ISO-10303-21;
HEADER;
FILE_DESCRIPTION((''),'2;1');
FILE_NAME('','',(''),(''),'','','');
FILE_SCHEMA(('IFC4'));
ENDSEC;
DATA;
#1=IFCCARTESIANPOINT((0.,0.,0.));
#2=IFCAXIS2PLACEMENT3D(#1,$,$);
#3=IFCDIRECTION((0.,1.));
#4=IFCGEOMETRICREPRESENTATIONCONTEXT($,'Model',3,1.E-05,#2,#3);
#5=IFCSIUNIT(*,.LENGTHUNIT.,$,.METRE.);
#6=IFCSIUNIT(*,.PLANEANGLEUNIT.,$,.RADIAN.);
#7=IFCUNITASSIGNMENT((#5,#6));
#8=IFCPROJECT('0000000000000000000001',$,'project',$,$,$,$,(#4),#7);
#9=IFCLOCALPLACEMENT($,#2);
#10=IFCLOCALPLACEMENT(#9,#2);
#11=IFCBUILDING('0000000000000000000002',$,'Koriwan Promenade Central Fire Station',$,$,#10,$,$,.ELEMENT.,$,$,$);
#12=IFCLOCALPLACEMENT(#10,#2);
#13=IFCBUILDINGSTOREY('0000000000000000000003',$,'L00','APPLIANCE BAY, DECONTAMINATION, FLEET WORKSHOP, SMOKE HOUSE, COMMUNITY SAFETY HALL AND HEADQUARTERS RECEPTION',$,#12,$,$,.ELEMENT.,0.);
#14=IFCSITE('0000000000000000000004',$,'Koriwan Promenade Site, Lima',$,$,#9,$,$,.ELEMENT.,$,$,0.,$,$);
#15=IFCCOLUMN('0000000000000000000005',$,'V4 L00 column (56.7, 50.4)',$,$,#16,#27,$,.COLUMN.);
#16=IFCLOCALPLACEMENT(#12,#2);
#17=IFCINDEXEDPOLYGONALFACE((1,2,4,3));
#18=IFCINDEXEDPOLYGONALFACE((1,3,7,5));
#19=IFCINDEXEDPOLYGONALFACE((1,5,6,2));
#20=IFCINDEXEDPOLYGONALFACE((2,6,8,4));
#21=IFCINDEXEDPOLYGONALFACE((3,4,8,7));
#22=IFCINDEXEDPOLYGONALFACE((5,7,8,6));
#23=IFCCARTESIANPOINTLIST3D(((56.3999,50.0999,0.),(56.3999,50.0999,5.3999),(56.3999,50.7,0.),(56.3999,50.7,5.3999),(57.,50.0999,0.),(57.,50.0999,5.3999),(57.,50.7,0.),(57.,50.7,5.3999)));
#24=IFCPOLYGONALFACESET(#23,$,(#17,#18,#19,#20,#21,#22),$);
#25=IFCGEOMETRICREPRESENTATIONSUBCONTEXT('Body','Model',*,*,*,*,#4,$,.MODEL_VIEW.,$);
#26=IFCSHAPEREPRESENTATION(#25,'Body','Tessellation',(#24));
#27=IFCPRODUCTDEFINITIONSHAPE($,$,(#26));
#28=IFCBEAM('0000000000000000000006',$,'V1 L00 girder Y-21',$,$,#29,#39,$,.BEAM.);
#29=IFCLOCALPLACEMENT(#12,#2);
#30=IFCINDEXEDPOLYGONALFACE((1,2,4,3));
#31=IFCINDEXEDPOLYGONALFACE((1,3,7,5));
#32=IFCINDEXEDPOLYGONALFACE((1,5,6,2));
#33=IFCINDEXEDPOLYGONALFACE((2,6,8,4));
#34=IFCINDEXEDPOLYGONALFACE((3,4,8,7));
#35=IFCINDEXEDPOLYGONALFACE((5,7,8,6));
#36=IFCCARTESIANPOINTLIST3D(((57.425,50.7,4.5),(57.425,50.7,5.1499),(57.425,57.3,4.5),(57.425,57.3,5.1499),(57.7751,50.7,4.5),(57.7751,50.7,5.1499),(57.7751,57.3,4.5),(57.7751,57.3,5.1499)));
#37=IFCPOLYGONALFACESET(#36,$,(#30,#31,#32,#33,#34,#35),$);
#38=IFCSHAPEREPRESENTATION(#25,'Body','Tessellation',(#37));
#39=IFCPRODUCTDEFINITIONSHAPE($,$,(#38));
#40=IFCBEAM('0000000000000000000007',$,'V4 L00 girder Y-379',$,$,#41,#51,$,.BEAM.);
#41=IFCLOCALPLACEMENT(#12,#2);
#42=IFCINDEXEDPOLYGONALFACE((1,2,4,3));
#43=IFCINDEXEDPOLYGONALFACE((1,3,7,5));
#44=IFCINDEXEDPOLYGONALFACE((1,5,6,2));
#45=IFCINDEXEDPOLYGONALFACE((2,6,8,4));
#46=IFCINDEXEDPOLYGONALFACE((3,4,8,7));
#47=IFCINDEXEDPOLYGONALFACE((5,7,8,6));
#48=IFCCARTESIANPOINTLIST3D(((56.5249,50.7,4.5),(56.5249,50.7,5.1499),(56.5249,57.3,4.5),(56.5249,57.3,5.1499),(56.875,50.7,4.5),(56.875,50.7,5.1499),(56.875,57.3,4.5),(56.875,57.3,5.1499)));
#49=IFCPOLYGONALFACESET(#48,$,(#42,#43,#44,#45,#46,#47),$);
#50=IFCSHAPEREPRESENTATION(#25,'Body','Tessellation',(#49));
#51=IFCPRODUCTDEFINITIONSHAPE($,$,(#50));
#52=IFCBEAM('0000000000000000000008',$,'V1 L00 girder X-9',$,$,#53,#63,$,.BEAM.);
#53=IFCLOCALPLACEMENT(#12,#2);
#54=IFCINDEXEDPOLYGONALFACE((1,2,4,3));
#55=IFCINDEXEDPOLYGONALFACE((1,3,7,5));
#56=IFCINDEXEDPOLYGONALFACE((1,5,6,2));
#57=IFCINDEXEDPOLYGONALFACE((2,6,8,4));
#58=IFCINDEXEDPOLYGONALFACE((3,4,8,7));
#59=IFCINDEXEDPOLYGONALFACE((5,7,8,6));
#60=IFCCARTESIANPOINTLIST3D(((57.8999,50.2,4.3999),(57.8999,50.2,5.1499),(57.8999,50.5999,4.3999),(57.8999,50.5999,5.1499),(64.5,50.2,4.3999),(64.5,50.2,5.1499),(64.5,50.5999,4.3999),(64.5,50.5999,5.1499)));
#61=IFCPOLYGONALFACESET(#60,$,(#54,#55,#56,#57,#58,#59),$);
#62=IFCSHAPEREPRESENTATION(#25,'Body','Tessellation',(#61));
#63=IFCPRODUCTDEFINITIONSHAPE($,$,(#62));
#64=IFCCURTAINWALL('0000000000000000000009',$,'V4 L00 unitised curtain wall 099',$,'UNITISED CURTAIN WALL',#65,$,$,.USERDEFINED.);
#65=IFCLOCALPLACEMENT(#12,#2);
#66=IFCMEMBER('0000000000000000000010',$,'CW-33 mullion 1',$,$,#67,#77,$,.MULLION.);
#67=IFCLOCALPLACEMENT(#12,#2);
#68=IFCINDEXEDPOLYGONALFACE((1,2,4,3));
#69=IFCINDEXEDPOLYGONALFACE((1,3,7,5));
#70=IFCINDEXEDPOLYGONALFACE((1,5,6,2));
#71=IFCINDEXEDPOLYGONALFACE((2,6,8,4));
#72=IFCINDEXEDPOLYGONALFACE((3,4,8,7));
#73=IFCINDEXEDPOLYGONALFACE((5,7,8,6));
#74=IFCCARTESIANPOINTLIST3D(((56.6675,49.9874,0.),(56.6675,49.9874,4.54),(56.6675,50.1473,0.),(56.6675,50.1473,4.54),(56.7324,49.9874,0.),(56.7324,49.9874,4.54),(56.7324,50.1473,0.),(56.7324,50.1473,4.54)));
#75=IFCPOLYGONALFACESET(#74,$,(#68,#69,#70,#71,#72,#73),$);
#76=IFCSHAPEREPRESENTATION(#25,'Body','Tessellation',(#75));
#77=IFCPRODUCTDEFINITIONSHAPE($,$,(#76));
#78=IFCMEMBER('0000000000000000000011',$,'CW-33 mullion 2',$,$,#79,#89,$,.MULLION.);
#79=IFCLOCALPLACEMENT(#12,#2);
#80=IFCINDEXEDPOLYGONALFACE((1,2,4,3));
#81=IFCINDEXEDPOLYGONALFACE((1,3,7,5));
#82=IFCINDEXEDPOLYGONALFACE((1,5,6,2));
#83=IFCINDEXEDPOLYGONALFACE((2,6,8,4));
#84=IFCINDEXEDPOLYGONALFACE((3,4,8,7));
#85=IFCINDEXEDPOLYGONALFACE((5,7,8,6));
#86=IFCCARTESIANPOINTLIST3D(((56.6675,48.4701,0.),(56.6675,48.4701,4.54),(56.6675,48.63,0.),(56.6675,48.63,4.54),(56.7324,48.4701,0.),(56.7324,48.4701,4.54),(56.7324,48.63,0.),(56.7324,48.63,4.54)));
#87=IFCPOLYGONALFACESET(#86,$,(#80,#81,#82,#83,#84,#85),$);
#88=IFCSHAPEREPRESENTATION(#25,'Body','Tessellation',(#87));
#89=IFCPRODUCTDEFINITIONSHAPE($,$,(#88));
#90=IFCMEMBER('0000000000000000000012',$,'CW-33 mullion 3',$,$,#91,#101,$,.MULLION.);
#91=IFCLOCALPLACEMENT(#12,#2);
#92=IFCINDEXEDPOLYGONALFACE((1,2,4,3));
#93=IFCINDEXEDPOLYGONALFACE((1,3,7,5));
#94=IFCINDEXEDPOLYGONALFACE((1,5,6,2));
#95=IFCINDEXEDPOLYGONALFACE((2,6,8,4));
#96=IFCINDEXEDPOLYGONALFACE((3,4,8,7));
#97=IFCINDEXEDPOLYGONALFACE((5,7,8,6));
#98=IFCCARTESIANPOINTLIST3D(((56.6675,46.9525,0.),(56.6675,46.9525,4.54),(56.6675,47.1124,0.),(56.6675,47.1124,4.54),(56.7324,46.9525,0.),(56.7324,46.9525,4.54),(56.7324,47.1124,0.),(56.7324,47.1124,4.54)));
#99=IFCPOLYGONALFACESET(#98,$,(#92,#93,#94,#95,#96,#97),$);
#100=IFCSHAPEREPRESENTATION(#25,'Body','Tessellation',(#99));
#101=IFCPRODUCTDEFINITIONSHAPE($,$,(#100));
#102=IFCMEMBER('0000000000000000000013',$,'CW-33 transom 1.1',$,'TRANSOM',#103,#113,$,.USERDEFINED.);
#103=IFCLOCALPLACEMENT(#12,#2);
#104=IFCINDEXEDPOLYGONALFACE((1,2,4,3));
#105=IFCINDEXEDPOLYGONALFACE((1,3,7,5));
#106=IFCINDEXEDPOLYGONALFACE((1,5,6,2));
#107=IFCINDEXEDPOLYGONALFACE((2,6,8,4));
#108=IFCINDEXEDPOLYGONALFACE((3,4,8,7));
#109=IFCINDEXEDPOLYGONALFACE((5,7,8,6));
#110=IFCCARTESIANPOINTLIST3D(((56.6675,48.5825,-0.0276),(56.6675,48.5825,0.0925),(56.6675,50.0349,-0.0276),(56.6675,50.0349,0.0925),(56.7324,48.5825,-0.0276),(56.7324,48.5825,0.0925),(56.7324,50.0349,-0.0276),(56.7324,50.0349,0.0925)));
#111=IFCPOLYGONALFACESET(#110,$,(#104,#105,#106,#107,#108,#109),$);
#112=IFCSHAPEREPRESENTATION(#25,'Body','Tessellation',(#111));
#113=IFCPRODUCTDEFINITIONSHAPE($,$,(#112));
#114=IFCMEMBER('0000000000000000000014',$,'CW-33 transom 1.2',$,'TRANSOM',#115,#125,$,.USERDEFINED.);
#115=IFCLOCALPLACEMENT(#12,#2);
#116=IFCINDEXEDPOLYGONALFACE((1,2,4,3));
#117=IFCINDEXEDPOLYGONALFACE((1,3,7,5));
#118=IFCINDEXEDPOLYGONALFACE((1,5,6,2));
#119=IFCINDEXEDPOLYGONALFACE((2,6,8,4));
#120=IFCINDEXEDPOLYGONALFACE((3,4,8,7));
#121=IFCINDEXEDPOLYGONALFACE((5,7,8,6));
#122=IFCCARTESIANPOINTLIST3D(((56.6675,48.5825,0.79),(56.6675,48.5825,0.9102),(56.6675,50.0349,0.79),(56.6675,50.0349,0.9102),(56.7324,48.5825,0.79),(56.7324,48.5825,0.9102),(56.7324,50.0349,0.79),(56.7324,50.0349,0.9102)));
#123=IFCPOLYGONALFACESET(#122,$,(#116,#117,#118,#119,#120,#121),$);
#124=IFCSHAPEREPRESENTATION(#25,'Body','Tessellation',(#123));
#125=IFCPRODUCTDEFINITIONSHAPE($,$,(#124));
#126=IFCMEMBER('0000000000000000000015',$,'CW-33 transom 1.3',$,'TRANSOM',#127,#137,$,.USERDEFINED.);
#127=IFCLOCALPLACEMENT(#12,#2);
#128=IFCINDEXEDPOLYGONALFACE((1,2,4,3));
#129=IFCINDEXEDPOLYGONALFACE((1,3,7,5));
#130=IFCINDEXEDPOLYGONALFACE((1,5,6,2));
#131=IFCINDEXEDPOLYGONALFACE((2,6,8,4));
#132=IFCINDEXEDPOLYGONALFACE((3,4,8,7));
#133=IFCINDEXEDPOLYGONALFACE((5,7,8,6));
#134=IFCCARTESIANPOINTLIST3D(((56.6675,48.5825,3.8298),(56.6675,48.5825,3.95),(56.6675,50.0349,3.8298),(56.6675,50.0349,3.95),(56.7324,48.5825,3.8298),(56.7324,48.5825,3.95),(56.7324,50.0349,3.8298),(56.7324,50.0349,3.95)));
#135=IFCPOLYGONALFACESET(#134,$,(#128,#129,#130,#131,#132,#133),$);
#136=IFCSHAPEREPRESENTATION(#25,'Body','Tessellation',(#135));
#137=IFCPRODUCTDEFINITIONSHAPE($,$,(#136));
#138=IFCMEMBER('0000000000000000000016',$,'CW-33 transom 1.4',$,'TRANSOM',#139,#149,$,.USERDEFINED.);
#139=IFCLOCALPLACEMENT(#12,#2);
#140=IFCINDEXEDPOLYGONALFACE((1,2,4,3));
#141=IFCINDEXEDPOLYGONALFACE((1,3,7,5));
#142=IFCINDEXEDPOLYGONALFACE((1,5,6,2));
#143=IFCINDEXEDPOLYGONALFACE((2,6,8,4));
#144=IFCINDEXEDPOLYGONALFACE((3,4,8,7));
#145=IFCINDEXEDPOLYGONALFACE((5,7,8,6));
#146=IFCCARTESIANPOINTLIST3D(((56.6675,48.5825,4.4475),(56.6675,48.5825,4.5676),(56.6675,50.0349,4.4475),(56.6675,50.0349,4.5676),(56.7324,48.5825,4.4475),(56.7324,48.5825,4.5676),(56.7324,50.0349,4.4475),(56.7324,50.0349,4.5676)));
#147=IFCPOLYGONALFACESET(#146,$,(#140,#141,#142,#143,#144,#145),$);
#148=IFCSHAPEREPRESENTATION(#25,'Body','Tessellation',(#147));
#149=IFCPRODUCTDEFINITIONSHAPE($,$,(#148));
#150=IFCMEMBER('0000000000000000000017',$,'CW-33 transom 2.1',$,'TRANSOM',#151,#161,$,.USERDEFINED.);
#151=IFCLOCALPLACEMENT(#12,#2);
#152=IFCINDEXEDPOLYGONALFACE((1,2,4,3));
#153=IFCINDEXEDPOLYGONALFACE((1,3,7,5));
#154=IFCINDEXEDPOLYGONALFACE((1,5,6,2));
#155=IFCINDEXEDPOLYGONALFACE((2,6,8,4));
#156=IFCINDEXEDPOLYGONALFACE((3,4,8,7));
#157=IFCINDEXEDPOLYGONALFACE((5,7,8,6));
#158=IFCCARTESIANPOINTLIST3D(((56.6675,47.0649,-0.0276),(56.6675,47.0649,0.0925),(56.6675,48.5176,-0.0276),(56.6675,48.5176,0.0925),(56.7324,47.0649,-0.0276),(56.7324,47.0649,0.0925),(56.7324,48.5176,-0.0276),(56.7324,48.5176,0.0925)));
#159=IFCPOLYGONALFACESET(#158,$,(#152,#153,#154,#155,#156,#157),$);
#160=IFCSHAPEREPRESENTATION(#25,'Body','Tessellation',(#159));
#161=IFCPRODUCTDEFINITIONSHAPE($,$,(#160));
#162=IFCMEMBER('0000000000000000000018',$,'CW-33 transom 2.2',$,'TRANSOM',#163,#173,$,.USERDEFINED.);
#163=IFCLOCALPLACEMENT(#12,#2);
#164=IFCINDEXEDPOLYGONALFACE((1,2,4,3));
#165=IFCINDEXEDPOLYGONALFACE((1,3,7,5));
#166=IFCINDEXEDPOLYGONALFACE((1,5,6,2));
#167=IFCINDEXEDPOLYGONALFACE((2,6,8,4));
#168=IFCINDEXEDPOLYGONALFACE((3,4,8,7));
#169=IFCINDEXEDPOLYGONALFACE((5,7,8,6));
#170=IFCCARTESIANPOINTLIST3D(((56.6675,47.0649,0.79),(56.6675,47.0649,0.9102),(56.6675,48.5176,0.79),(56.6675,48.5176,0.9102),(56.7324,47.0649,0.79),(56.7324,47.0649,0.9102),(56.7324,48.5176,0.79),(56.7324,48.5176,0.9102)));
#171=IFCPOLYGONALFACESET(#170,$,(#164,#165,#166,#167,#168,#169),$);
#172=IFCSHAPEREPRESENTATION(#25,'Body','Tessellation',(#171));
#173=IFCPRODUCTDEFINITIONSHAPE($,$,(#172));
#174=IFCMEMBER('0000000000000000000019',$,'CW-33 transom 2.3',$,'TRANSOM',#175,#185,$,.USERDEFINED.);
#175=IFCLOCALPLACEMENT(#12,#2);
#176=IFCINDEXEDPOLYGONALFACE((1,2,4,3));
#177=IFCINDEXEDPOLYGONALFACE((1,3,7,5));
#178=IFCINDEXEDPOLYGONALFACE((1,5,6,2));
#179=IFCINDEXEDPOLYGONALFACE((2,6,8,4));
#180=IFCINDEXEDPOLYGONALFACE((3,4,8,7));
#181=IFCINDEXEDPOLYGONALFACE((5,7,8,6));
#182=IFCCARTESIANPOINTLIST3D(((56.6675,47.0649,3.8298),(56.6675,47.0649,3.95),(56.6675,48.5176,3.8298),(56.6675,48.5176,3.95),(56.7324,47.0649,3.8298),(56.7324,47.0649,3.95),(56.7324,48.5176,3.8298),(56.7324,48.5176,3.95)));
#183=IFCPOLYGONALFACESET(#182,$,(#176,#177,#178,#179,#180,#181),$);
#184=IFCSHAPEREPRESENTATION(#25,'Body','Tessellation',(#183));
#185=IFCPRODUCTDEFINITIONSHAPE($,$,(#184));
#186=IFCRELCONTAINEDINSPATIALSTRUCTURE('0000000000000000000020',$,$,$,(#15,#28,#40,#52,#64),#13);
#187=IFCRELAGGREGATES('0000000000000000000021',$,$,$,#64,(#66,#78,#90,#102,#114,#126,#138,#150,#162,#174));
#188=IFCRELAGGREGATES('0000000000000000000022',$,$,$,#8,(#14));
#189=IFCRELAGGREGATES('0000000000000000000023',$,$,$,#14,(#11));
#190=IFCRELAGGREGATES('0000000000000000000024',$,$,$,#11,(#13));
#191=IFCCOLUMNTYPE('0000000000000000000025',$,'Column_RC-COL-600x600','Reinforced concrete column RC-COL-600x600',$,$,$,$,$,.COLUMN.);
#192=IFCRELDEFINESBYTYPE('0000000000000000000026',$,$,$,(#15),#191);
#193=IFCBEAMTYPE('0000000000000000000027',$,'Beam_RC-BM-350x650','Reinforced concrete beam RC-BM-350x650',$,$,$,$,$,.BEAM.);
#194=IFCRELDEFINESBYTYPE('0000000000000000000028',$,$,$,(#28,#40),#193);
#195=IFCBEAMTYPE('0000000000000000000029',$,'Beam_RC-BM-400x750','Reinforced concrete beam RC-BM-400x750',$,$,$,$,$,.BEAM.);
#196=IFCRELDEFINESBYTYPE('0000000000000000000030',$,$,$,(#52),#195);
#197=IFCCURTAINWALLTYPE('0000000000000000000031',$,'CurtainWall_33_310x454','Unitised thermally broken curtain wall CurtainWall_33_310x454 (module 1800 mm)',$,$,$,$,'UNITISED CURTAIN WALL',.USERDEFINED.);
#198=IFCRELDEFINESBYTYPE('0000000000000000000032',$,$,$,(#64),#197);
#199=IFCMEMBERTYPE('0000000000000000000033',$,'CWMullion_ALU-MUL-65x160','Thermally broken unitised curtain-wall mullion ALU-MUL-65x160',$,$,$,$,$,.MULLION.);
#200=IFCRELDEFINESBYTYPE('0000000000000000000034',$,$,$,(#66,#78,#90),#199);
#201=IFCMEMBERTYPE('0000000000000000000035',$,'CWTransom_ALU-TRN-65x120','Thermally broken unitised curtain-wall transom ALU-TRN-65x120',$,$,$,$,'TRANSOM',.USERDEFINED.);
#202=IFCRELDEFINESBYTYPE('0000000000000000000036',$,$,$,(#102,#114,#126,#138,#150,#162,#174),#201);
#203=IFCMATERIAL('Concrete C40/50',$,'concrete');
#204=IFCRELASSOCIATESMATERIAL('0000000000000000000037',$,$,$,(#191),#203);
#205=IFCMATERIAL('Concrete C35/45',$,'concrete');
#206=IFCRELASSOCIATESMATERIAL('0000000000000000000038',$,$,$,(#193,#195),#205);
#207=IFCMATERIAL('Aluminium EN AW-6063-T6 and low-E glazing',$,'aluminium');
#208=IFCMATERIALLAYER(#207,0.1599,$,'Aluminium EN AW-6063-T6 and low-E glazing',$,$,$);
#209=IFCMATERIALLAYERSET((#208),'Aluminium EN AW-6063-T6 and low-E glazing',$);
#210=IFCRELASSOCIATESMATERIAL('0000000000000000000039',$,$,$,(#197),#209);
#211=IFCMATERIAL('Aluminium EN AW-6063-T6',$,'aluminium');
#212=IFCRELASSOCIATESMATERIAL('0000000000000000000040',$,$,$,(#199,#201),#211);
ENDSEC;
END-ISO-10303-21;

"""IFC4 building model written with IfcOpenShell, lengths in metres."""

from ifc_helpers import new_model, si_unit, direction, frame, origin, origin_2d, place, context, subcontext, project, spatial, rectangle, extrude, material, layer, layer_set, material_profile, profile_set, type_object, element, aggregate, save


model = new_model("IFC4")

# Units and contexts
model_context = context("Model", 3, precision=1e-05, world=origin(), true_north=direction((0.0, 1.0)))
body_context = subcontext(model_context, "Body", "Model", "MODEL_VIEW")
ifc_project = project(units=[si_unit("LENGTHUNIT", "METRE"), si_unit("PLANEANGLEUNIT", "RADIAN")], contexts=[model_context])

# Site, building, storey
site_placement = place(None, origin())
site = spatial("IfcSite", under=ifc_project, at=site_placement, Name="Koriwan Promenade Site, Lima", CompositionType="ELEMENT", RefElevation=0.0)
building_placement = place(site_placement, origin())
building = spatial("IfcBuilding", under=site, at=building_placement, Name="Koriwan Promenade Central Fire Station", CompositionType="ELEMENT")
storey_placement = place(building_placement, origin())
storey = spatial("IfcBuildingStorey", under=building, at=storey_placement, Name="L00", Description="APPLIANCE BAY, DECONTAMINATION, FLEET WORKSHOP, SMOKE HOUSE, COMMUNITY SAFETY HALL AND HEADQUARTERS RECEPTION", CompositionType="ELEMENT", Elevation=0.0)

# Shared definitions
ifc_material_1 = material(Name="Concrete C35/45", Category="concrete")

# Column
ifc_material_2 = material(Name="Concrete C40/50", Category="concrete")
ifc_material_profile_1 = material_profile(ifc_material_2, rectangle(XDim=0.6001, YDim=0.6001, at=origin_2d()), Name="RC-COL-600x600")
ifc_profile_set_1 = profile_set([ifc_material_profile_1], Name="Concrete C40/50")
column_type = type_object("IfcColumnType", Name="Column_RC-COL-600x600", Description="Reinforced concrete column RC-COL-600x600", PredefinedType="COLUMN", material=ifc_profile_set_1)
for number, where, z_axis, x_axis, name in (
    (1, (56.7, 50.3999, 0.0), (0.0, 0.0, 1.0), (1.0, 0.0, 0.0), "V4 L00 column (56.7, 50.4)"),
):
    element("IfcColumn", number, at=place(storey_placement, frame(where, z_axis=z_axis, x_axis=x_axis)), inside=storey, type_object=column_type, Name=name, PredefinedType="COLUMN", context=body_context, shape_type="SweptSolid", body=[
        extrude(rectangle(XDim=0.6001, YDim=0.6001, at=origin_2d()), origin(), (0.0, 0.0, 1.0), 5.3999),
    ])

# Beams
ifc_material_profile_2 = material_profile(ifc_material_1, rectangle(XDim=0.3501, YDim=0.6499, at=origin_2d()), Name="RC-BM-350x650")
ifc_profile_set_2 = profile_set([ifc_material_profile_2], Name="Concrete C35/45")
beam_type_1 = type_object("IfcBeamType", Name="Beam_RC-BM-350x650", Description="Reinforced concrete beam RC-BM-350x650", PredefinedType="BEAM", material=ifc_profile_set_2)
for number, where, z_axis, x_axis, name in (
    (2, (57.6001, 50.7, 4.825), (0.0, 1.0, 0.0), (-1.0, 0.0, 0.0), "V1 L00 girder Y-21"),
    (3, (56.7, 50.7, 4.825), (0.0, 1.0, 0.0), (-1.0, 0.0, 0.0), "V4 L00 girder Y-379"),
):
    element("IfcBeam", number, at=place(storey_placement, frame(where, z_axis=z_axis, x_axis=x_axis)), inside=storey, type_object=beam_type_1, Name=name, PredefinedType="BEAM", context=body_context, shape_type="SweptSolid", body=[
        extrude(rectangle(XDim=0.3501, YDim=0.6499, at=origin_2d()), origin(), (0.0, 0.0, 1.0), 6.6001),
    ])
ifc_material_profile_3 = material_profile(ifc_material_1, rectangle(XDim=0.3999, YDim=0.75, at=origin_2d()), Name="RC-BM-400x750")
ifc_profile_set_3 = profile_set([ifc_material_profile_3], Name="Concrete C35/45")
beam_type_2 = type_object("IfcBeamType", Name="Beam_RC-BM-400x750", Description="Reinforced concrete beam RC-BM-400x750", PredefinedType="BEAM", material=ifc_profile_set_3)
beam_1_placement = place(storey_placement, frame((57.8999, 50.3999, 4.7749), z_axis=(1.0, 0.0, 0.0), x_axis=(0.0, 1.0, 0.0)))
element("IfcBeam", 4, at=beam_1_placement, inside=storey, type_object=beam_type_2, Name="V1 L00 girder X-9", PredefinedType="BEAM", context=body_context, shape_type="SweptSolid", body=[
    extrude(rectangle(XDim=0.3999, YDim=0.75, at=origin_2d()), origin(), (0.0, 0.0, 1.0), 6.6001),
])

# Curtain wall, members
ifc_material_3 = material(Name="Aluminium EN AW-6063-T6 and low-E glazing", Category="aluminium")
ifc_layer_1 = layer(ifc_material_3, 0.1599, Name="Aluminium EN AW-6063-T6 and low-E glazing")
ifc_layer_set_1 = layer_set([ifc_layer_1], Name="Aluminium EN AW-6063-T6 and low-E glazing")
curtain_wall_type = type_object("IfcCurtainWallType", Name="CurtainWall_33_310x454", Description="Unitised thermally broken curtain wall CurtainWall_33_310x454 (module 1800 mm)", ElementType="UNITISED CURTAIN WALL", PredefinedType="USERDEFINED", material=ifc_layer_set_1)
curtain_wall_placement = place(storey_placement, origin())
curtain_wall = element("IfcCurtainWall", 5, at=curtain_wall_placement, inside=storey, type_object=curtain_wall_type, Name="V4 L00 unitised curtain wall 099", ObjectType="UNITISED CURTAIN WALL", PredefinedType="USERDEFINED")
ifc_material_4 = material(Name="Aluminium EN AW-6063-T6", Category="aluminium")
ifc_material_profile_4 = material_profile(ifc_material_4, rectangle(XDim=0.0649, YDim=0.1599, at=origin_2d()), Name="ALU-MUL-65x160")
ifc_profile_set_4 = profile_set([ifc_material_profile_4], Name="Aluminium EN AW-6063-T6")
member_type_1 = type_object("IfcMemberType", Name="CWMullion_ALU-MUL-65x160", Description="Thermally broken unitised curtain-wall mullion ALU-MUL-65x160", PredefinedType="MULLION", material=ifc_profile_set_4)
member_1_placement = place(storey_placement, frame((56.7, 50.0674, 0.0), z_axis=(0.0, 0.0, 1.0), x_axis=(1.0, 0.0, 0.0)))
member_1 = element("IfcMember", 6, at=member_1_placement, type_object=member_type_1, Name="CW-33 mullion 1", PredefinedType="MULLION", context=body_context, shape_type="SweptSolid", body=[
    extrude(rectangle(XDim=0.0649, YDim=0.1599, at=origin_2d()), origin(), (0.0, 0.0, 1.0), 4.54),
])
member_2_placement = place(storey_placement, frame((56.7, 48.55, 0.0), z_axis=(0.0, 0.0, 1.0), x_axis=(1.0, 0.0, 0.0)))
member_2 = element("IfcMember", 7, at=member_2_placement, type_object=member_type_1, Name="CW-33 mullion 2", PredefinedType="MULLION", context=body_context, shape_type="SweptSolid", body=[
    extrude(rectangle(XDim=0.0649, YDim=0.1599, at=origin_2d()), origin(), (0.0, 0.0, 1.0), 4.54),
])
member_3_placement = place(storey_placement, frame((56.7, 47.0325, 0.0), z_axis=(0.0, 0.0, 1.0), x_axis=(1.0, 0.0, 0.0)))
member_3 = element("IfcMember", 8, at=member_3_placement, type_object=member_type_1, Name="CW-33 mullion 3", PredefinedType="MULLION", context=body_context, shape_type="SweptSolid", body=[
    extrude(rectangle(XDim=0.0649, YDim=0.1599, at=origin_2d()), origin(), (0.0, 0.0, 1.0), 4.54),
])
ifc_material_profile_5 = material_profile(ifc_material_4, rectangle(XDim=0.0649, YDim=0.1201, at=origin_2d()), Name="ALU-TRN-65x120")
ifc_profile_set_5 = profile_set([ifc_material_profile_5], Name="Aluminium EN AW-6063-T6")
member_type_2 = type_object("IfcMemberType", Name="CWTransom_ALU-TRN-65x120", Description="Thermally broken unitised curtain-wall transom ALU-TRN-65x120", ElementType="TRANSOM", PredefinedType="USERDEFINED", material=ifc_profile_set_5)
member_4_placement = place(storey_placement, frame((56.7, 50.0349, 0.0325), z_axis=(0.0, -1.0, 0.0), x_axis=(1.0, 0.0, 0.0)))
member_4 = element("IfcMember", 9, at=member_4_placement, type_object=member_type_2, Name="CW-33 transom 1.1", ObjectType="TRANSOM", PredefinedType="USERDEFINED", context=body_context, shape_type="SweptSolid", body=[
    extrude(rectangle(XDim=0.0649, YDim=0.1201, at=origin_2d()), origin(), (0.0, 0.0, 1.0), 1.4524),
])
member_5_placement = place(storey_placement, frame((56.7, 50.0349, 0.8501), z_axis=(0.0, -1.0, 0.0), x_axis=(1.0, 0.0, 0.0)))
member_5 = element("IfcMember", 10, at=member_5_placement, type_object=member_type_2, Name="CW-33 transom 1.2", ObjectType="TRANSOM", PredefinedType="USERDEFINED", context=body_context, shape_type="SweptSolid", body=[
    extrude(rectangle(XDim=0.0649, YDim=0.1201, at=origin_2d()), origin(), (0.0, 0.0, 1.0), 1.4524),
])
member_6_placement = place(storey_placement, frame((56.7, 50.0349, 3.8899), z_axis=(0.0, -1.0, 0.0), x_axis=(1.0, 0.0, 0.0)))
member_6 = element("IfcMember", 11, at=member_6_placement, type_object=member_type_2, Name="CW-33 transom 1.3", ObjectType="TRANSOM", PredefinedType="USERDEFINED", context=body_context, shape_type="SweptSolid", body=[
    extrude(rectangle(XDim=0.0649, YDim=0.1201, at=origin_2d()), origin(), (0.0, 0.0, 1.0), 1.4524),
])
member_7_placement = place(storey_placement, frame((56.7, 50.0349, 4.5076), z_axis=(0.0, -1.0, 0.0), x_axis=(1.0, 0.0, 0.0)))
member_7 = element("IfcMember", 12, at=member_7_placement, type_object=member_type_2, Name="CW-33 transom 1.4", ObjectType="TRANSOM", PredefinedType="USERDEFINED", context=body_context, shape_type="SweptSolid", body=[
    extrude(rectangle(XDim=0.0649, YDim=0.1201, at=origin_2d()), origin(), (0.0, 0.0, 1.0), 1.4524),
])
member_8_placement = place(storey_placement, frame((56.7, 48.5176, 0.0325), z_axis=(0.0, -1.0, 0.0), x_axis=(1.0, 0.0, 0.0)))
member_8 = element("IfcMember", 13, at=member_8_placement, type_object=member_type_2, Name="CW-33 transom 2.1", ObjectType="TRANSOM", PredefinedType="USERDEFINED", context=body_context, shape_type="SweptSolid", body=[
    extrude(rectangle(XDim=0.0649, YDim=0.1201, at=origin_2d()), origin(), (0.0, 0.0, 1.0), 1.4526),
])
member_9_placement = place(storey_placement, frame((56.7, 48.5176, 0.8501), z_axis=(0.0, -1.0, 0.0), x_axis=(1.0, 0.0, 0.0)))
member_9 = element("IfcMember", 14, at=member_9_placement, type_object=member_type_2, Name="CW-33 transom 2.2", ObjectType="TRANSOM", PredefinedType="USERDEFINED", context=body_context, shape_type="SweptSolid", body=[
    extrude(rectangle(XDim=0.0649, YDim=0.1201, at=origin_2d()), origin(), (0.0, 0.0, 1.0), 1.4526),
])
member_10_placement = place(storey_placement, frame((56.7, 48.5176, 3.8899), z_axis=(0.0, -1.0, 0.0), x_axis=(1.0, 0.0, 0.0)))
member_10 = element("IfcMember", 15, at=member_10_placement, type_object=member_type_2, Name="CW-33 transom 2.3", ObjectType="TRANSOM", PredefinedType="USERDEFINED", context=body_context, shape_type="SweptSolid", body=[
    extrude(rectangle(XDim=0.0649, YDim=0.1201, at=origin_2d()), origin(), (0.0, 0.0, 1.0), 1.4526),
])

aggregate(curtain_wall, [member_1, member_2, member_3, member_4, member_5, member_6, member_7, member_8, member_9, member_10])

save(model, "model.ifc")
